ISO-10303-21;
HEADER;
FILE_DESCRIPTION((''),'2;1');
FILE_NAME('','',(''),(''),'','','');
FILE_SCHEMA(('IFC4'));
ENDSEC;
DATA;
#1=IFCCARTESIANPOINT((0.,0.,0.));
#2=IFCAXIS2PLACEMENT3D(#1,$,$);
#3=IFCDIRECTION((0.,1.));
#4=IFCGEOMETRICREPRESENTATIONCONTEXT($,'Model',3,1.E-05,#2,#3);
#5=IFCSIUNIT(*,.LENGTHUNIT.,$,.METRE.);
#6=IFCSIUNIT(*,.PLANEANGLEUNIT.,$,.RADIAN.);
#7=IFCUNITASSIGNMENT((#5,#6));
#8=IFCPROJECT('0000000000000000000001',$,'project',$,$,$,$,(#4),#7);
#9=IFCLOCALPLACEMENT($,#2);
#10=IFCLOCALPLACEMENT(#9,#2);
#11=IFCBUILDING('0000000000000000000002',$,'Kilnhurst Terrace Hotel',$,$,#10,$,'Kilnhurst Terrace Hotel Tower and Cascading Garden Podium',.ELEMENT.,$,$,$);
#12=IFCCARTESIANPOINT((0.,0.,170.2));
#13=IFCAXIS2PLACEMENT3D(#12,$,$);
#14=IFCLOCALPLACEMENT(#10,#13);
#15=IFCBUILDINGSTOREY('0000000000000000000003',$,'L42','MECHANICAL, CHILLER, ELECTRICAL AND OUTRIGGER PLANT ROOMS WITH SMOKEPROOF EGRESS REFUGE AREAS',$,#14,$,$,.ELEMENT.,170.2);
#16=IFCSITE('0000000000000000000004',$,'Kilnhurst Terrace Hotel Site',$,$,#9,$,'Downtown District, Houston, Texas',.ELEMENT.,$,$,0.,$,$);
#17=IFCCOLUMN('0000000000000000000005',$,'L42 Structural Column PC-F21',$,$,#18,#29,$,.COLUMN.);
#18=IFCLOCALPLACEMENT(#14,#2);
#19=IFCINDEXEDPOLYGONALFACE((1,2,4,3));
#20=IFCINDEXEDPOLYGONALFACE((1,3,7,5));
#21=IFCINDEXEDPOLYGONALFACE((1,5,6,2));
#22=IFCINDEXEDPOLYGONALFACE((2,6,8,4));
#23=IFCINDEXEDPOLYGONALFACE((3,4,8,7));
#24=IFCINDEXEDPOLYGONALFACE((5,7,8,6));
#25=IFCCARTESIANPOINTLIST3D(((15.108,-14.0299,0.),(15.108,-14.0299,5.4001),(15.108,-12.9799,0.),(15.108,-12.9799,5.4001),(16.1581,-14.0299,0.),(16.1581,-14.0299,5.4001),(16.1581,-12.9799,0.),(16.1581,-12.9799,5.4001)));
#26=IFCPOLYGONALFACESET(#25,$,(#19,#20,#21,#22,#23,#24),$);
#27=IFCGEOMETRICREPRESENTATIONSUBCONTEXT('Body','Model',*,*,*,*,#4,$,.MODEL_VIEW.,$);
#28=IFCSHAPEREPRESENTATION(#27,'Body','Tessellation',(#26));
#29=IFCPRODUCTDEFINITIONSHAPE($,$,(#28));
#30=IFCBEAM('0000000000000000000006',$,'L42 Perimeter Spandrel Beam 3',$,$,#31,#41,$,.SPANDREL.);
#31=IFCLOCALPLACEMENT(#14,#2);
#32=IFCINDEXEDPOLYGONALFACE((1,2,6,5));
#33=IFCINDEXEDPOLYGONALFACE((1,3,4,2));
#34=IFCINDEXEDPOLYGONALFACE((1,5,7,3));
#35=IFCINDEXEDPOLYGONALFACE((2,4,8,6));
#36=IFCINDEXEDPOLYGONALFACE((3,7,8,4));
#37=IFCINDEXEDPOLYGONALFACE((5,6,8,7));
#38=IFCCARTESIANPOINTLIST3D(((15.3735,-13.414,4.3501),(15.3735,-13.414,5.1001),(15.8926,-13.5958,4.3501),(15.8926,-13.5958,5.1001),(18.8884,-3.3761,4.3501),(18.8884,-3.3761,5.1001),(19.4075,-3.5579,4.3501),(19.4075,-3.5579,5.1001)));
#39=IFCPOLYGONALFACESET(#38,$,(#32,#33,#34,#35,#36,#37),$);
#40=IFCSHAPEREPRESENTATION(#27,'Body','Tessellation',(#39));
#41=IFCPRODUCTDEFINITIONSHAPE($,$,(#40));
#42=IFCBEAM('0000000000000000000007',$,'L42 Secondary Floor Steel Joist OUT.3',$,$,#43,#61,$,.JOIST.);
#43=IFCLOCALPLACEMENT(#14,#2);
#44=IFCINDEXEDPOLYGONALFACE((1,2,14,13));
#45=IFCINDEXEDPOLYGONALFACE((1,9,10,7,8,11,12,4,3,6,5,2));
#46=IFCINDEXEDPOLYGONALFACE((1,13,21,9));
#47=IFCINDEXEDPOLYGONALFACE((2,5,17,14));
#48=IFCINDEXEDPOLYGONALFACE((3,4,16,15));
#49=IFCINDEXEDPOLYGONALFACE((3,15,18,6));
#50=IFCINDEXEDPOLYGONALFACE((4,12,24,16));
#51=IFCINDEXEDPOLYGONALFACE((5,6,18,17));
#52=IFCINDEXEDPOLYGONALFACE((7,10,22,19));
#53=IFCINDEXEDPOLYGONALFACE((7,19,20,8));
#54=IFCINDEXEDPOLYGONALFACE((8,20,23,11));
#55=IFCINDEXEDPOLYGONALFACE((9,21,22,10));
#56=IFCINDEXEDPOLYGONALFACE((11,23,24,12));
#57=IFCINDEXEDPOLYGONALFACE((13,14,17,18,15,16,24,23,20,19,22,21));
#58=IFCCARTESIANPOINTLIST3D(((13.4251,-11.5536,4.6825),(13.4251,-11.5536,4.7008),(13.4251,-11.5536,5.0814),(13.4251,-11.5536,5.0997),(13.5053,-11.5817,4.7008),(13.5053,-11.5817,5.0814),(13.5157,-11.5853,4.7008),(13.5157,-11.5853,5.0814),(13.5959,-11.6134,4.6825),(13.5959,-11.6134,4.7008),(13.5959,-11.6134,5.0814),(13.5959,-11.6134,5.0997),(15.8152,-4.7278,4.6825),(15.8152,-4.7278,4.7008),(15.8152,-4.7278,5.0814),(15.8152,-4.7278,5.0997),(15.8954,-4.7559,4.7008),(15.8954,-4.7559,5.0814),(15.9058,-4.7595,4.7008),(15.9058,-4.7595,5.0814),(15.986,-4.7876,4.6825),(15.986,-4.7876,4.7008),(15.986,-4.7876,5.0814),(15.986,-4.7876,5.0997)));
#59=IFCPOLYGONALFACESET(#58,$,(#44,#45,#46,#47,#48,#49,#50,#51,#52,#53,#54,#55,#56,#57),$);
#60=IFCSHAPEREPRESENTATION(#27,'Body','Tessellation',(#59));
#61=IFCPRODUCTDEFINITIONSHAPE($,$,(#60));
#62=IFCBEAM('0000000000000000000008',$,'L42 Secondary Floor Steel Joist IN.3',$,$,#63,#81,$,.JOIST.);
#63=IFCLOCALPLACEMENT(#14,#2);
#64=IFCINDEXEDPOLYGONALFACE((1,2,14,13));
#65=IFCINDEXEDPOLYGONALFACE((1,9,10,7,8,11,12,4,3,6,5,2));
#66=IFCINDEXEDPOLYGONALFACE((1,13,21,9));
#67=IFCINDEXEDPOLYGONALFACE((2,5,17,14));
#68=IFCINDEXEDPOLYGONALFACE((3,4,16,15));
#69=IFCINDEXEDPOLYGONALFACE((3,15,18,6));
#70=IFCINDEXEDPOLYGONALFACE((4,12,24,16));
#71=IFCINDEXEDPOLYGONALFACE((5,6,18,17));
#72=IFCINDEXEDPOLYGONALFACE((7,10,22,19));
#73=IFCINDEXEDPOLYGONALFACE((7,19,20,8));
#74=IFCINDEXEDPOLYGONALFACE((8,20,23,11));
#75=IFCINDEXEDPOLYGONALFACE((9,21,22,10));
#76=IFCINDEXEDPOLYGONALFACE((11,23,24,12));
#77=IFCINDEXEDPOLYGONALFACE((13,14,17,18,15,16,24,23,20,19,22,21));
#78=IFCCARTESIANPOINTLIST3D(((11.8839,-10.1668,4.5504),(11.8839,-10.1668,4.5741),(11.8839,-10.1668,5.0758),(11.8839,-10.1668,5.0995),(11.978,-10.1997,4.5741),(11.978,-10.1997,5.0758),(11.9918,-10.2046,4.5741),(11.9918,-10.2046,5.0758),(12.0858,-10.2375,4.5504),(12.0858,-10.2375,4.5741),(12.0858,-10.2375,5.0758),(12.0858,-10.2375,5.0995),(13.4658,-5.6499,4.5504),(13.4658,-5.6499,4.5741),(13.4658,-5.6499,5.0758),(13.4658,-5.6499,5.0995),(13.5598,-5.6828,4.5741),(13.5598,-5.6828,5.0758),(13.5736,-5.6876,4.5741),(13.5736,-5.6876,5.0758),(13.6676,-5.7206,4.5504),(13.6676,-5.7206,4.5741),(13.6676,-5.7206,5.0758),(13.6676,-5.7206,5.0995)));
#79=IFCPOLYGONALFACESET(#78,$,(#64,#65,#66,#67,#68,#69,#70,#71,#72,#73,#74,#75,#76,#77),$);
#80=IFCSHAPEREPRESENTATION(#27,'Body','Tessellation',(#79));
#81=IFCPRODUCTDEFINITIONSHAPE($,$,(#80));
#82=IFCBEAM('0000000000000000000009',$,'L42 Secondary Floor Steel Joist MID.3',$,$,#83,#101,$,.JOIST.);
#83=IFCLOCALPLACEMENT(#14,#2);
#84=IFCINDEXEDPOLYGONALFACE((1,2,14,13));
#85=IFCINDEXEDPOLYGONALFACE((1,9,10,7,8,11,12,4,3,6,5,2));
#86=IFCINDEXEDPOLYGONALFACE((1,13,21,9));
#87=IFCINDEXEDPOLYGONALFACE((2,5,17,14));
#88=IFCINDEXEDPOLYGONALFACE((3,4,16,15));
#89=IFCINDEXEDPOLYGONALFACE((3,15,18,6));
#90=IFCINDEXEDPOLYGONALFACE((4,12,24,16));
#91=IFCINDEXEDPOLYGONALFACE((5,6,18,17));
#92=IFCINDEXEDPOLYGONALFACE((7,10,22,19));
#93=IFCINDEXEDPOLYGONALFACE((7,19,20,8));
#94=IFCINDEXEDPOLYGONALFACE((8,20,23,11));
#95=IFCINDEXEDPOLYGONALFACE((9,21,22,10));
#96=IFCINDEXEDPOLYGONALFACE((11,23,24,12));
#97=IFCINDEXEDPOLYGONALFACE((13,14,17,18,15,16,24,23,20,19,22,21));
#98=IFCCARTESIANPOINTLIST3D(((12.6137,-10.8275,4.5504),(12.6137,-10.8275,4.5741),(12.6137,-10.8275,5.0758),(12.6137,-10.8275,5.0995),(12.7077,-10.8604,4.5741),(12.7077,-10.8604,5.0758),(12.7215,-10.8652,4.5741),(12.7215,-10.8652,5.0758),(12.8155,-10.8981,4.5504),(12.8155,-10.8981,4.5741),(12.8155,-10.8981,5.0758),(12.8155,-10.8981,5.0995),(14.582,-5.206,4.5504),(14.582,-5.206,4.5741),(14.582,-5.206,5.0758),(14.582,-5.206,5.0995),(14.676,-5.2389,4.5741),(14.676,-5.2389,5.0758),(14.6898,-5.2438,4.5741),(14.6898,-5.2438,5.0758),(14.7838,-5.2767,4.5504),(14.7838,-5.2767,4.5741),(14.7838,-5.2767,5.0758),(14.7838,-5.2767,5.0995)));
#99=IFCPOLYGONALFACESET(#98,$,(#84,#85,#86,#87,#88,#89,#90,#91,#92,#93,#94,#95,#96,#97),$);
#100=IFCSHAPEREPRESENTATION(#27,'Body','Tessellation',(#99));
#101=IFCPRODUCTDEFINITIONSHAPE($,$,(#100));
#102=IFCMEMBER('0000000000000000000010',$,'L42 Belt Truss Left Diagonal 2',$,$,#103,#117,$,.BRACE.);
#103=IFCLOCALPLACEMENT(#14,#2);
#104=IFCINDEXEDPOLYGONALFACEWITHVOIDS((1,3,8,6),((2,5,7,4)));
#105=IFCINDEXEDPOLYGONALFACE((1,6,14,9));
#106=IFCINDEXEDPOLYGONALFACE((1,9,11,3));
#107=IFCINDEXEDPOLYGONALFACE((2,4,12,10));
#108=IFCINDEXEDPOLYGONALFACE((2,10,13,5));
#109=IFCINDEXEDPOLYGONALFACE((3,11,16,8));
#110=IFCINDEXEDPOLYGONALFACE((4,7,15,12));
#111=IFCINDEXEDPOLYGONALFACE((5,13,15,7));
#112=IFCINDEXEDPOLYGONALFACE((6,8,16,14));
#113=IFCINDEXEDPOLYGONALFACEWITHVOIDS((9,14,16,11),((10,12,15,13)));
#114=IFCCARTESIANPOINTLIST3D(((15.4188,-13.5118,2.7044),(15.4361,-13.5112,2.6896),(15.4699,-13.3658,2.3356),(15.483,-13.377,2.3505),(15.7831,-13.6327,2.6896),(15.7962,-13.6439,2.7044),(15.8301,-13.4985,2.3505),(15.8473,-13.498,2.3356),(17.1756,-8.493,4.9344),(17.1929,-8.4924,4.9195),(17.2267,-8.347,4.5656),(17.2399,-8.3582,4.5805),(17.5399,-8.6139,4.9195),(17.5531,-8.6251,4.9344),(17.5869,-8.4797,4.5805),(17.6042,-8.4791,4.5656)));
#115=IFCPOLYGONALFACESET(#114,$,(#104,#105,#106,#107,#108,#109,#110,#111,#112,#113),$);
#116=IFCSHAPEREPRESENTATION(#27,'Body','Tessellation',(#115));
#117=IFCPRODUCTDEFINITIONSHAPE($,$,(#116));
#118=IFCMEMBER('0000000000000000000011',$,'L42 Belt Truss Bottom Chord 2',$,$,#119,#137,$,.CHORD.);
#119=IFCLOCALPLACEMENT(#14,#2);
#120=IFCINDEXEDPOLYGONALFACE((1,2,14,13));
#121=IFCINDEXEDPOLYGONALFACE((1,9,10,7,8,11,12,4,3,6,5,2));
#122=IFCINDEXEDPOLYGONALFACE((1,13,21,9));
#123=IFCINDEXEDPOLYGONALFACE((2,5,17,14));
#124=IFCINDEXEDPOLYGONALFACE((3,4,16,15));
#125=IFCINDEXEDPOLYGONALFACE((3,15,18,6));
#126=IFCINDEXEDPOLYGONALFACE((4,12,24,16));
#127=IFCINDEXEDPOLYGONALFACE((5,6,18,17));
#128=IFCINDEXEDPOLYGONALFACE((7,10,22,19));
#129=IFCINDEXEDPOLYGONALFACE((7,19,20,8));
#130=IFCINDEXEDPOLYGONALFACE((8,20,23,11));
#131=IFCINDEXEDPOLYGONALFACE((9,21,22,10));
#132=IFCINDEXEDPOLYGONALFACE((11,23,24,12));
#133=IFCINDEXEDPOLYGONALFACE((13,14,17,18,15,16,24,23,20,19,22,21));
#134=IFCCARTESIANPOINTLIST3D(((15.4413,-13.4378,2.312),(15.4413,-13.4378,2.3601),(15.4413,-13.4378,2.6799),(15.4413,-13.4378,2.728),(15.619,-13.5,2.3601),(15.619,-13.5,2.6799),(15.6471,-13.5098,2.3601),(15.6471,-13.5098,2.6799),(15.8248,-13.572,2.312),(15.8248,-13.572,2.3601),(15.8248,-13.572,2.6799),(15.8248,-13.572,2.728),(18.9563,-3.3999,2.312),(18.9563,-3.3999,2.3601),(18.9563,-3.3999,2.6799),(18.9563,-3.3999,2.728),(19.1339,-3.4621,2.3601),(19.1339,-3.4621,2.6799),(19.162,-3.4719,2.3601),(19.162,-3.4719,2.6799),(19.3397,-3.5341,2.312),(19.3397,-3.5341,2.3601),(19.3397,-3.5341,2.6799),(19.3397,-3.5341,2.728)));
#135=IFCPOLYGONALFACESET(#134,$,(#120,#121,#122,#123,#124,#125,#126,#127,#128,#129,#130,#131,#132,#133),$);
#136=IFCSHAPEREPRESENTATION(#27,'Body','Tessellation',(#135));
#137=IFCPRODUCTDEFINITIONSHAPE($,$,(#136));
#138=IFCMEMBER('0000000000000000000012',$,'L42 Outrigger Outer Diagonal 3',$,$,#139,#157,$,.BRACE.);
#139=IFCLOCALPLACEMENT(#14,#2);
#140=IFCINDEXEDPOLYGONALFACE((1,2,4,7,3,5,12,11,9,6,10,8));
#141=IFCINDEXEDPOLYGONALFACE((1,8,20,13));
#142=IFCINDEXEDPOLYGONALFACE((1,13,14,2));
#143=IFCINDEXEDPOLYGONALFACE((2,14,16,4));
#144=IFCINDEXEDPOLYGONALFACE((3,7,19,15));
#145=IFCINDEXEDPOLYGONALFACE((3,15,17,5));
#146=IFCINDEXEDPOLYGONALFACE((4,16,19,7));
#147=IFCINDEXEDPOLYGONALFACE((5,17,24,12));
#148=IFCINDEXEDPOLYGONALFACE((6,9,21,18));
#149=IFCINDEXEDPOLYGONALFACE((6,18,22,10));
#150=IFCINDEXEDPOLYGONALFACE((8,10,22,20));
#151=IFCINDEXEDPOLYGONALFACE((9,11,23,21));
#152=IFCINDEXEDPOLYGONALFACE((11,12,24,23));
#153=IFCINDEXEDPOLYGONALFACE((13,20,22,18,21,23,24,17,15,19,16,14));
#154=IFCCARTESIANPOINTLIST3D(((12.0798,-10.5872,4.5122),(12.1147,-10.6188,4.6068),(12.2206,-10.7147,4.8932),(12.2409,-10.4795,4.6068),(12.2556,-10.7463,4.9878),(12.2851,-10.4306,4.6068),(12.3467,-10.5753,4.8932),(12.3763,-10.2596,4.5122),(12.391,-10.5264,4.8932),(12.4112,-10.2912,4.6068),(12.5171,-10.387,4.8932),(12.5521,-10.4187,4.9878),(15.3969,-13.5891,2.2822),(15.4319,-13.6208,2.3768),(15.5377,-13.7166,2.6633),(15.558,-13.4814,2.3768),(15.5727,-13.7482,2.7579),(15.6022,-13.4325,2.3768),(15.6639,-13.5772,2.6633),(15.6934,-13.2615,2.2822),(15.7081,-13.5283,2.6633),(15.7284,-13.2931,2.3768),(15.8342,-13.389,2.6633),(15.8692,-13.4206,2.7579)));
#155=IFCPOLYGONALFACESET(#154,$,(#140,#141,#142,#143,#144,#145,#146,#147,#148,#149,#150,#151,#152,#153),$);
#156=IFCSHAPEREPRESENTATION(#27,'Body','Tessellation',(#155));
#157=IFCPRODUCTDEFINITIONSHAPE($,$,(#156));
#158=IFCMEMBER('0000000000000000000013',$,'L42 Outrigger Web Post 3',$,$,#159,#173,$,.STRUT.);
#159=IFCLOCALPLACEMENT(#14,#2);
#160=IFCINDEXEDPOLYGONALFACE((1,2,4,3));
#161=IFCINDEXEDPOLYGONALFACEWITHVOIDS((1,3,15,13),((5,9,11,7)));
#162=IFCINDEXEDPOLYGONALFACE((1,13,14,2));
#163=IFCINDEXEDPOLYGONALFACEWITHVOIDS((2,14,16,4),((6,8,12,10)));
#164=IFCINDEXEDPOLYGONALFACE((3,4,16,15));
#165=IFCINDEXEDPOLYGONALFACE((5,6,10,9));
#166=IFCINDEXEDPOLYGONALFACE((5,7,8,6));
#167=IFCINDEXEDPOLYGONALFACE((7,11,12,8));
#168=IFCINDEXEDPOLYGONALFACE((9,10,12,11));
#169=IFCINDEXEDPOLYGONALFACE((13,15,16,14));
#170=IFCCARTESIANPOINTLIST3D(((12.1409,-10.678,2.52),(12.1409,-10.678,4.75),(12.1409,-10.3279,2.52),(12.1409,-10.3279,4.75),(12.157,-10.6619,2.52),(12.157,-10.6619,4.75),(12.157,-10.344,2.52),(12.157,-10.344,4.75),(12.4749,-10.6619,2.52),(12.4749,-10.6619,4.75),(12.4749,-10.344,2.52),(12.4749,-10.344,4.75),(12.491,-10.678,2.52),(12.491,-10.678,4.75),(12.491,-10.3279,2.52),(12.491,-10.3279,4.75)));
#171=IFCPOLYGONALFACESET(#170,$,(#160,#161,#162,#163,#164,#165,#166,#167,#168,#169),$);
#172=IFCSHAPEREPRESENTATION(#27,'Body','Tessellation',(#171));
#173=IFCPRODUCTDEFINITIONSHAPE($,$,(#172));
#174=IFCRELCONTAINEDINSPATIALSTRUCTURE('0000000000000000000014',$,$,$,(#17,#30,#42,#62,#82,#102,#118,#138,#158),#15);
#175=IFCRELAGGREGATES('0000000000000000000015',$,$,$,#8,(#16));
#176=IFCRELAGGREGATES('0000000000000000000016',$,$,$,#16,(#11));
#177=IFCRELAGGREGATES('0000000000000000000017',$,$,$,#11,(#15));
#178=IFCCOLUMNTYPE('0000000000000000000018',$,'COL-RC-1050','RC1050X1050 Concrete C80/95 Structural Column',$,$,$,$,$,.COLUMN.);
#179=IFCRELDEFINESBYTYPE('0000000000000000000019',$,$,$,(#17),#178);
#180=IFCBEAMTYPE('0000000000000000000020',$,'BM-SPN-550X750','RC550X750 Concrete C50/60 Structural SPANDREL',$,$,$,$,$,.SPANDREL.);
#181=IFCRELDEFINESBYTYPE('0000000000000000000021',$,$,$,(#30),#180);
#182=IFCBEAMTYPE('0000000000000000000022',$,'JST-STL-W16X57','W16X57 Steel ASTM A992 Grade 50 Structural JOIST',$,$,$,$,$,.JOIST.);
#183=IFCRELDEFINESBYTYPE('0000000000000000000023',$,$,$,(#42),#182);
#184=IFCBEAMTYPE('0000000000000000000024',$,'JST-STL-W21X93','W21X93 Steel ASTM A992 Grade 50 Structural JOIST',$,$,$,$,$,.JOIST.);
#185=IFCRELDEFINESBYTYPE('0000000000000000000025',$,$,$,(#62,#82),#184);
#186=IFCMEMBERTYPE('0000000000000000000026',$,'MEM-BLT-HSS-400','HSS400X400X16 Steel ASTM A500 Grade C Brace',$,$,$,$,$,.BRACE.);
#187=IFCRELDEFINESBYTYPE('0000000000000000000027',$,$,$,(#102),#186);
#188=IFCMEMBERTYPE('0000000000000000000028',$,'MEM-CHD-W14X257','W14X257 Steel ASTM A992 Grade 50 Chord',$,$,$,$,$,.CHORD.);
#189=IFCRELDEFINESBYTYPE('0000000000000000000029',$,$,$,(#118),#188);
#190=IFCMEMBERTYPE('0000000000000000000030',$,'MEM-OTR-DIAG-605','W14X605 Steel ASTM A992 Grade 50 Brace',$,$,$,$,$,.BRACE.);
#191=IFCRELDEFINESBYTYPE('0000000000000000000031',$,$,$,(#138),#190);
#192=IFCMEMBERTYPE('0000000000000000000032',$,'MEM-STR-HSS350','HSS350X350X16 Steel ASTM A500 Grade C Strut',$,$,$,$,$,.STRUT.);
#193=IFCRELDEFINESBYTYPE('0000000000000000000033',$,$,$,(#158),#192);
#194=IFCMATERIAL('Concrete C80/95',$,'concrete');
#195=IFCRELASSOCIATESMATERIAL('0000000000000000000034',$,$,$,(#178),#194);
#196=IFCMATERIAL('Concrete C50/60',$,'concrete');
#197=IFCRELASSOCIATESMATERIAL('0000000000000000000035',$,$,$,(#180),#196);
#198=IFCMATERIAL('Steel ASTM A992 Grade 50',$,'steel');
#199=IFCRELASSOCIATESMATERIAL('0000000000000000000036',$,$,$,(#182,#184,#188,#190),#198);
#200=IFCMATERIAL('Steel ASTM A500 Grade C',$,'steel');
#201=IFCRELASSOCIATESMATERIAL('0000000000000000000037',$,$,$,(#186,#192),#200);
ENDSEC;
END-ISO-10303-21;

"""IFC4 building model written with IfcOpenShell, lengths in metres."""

from ifc_helpers import new_model, si_unit, direction, frame, origin, origin_2d, place, context, subcontext, project, spatial, rectangle, hollow_rectangle, i_section, extrude, material, material_profile, profile_set, type_object, element, save


model = new_model("IFC4")

# Units and contexts
model_context = context("Model", 3, precision=1e-05, world=origin(), true_north=direction((0.0, 1.0)))
body_context = subcontext(model_context, "Body", "Model", "MODEL_VIEW")
ifc_project = project(units=[si_unit("LENGTHUNIT", "METRE"), si_unit("PLANEANGLEUNIT", "RADIAN")], contexts=[model_context])

# Site, building, storey
site_placement = place(None, origin())
site = spatial("IfcSite", under=ifc_project, at=site_placement, Name="Kilnhurst Terrace Hotel Site", LongName="Downtown District, Houston, Texas", CompositionType="ELEMENT", RefElevation=0.0)
building_placement = place(site_placement, origin())
building = spatial("IfcBuilding", under=site, at=building_placement, Name="Kilnhurst Terrace Hotel", LongName="Kilnhurst Terrace Hotel Tower and Cascading Garden Podium", CompositionType="ELEMENT")
storey_placement = place(building_placement, frame((0.0, 0.0, 170.2)))
storey = spatial("IfcBuildingStorey", under=building, at=storey_placement, Name="L42", Description="MECHANICAL, CHILLER, ELECTRICAL AND OUTRIGGER PLANT ROOMS WITH SMOKEPROOF EGRESS REFUGE AREAS", CompositionType="ELEMENT", Elevation=170.2)

# Column
ifc_material_1 = material(Name="Concrete C80/95", Category="concrete")
ifc_material_profile_1 = material_profile(ifc_material_1, rectangle(XDim=1.05, YDim=1.05, at=origin_2d()), Name="RC1050X1050")
ifc_profile_set_1 = profile_set([ifc_material_profile_1], Name="Concrete C80/95")
column_type = type_object("IfcColumnType", Name="COL-RC-1050", Description="RC1050X1050 Concrete C80/95 Structural Column", PredefinedType="COLUMN", material=ifc_profile_set_1)
column_placement = place(storey_placement, frame((15.6331, -13.5049, 0.0), z_axis=(0.0, 0.0, 1.0), x_axis=(1.0, 0.0, 0.0)))
element("IfcColumn", 1, at=column_placement, inside=storey, type_object=column_type, Name="L42 Structural Column PC-F21", PredefinedType="COLUMN", context=body_context, shape_type="SweptSolid", body=[
    extrude(rectangle(XDim=1.05, YDim=1.05, at=origin_2d()), origin(), (0.0, 0.0, 1.0), 5.4001),
])

# Beams
ifc_material_2 = material(Name="Concrete C50/60", Category="concrete")
ifc_material_profile_2 = material_profile(ifc_material_2, rectangle(XDim=0.55, YDim=0.75, at=origin_2d()), Name="RC550X750")
ifc_profile_set_2 = profile_set([ifc_material_profile_2], Name="Concrete C50/60")
beam_type_1 = type_object("IfcBeamType", Name="BM-SPN-550X750", Description="RC550X750 Concrete C50/60 Structural SPANDREL", PredefinedType="SPANDREL", material=ifc_profile_set_2)
beam_1_placement = place(storey_placement, frame((15.6331, -13.5049, 4.7251), z_axis=(0.330488, 0.94381, 0.0), x_axis=(-0.94381, 0.330488, 0.0)))
element("IfcBeam", 2, at=beam_1_placement, inside=storey, type_object=beam_type_1, Name="L42 Perimeter Spandrel Beam 3", PredefinedType="SPANDREL", context=body_context, shape_type="SweptSolid", body=[
    extrude(rectangle(XDim=0.55, YDim=0.75, at=origin_2d()), origin(), (0.0, 0.0, 1.0), 10.6355),
])
ifc_material_3 = material(Name="Steel ASTM A992 Grade 50", Category="steel")
ifc_material_profile_3 = material_profile(ifc_material_3, i_section(OverallWidth=0.1809, OverallDepth=0.4172, WebThickness=0.011, FlangeThickness=0.0183, at=origin_2d()), Name="W16X57")
ifc_profile_set_3 = profile_set([ifc_material_profile_3], Name="Steel ASTM A992 Grade 50")
beam_type_2 = type_object("IfcBeamType", Name="JST-STL-W16X57", Description="W16X57 Steel ASTM A992 Grade 50 Structural JOIST", PredefinedType="JOIST", material=ifc_profile_set_3)
beam_2_placement = place(storey_placement, frame((13.5105, -11.5835, 4.8911), z_axis=(0.330481, 0.943813, 0.0), x_axis=(-0.943813, 0.330481, 0.0)))
element("IfcBeam", 3, at=beam_2_placement, inside=storey, type_object=beam_type_2, Name="L42 Secondary Floor Steel Joist OUT.3", PredefinedType="JOIST", context=body_context, shape_type="SweptSolid", body=[
    extrude(i_section(OverallWidth=0.1809, OverallDepth=0.4172, WebThickness=0.011, FlangeThickness=0.0183, at=origin_2d()), origin(), (0.0, 0.0, 1.0), 7.2322),
])
ifc_material_profile_4 = material_profile(ifc_material_3, i_section(OverallWidth=0.2139, OverallDepth=0.5491, WebThickness=0.0146, FlangeThickness=0.0237, at=origin_2d()), Name="W21X93")
ifc_profile_set_4 = profile_set([ifc_material_profile_4], Name="Steel ASTM A992 Grade 50")
beam_type_3 = type_object("IfcBeamType", Name="JST-STL-W21X93", Description="W21X93 Steel ASTM A992 Grade 50 Structural JOIST", PredefinedType="JOIST", material=ifc_profile_set_4)
beam_3_placement = place(storey_placement, frame((11.9849, -10.2021, 4.825), z_axis=(0.330516, 0.9438, 0.0), x_axis=(-0.9438, 0.330516, 0.0)))
element("IfcBeam", 4, at=beam_3_placement, inside=storey, type_object=beam_type_3, Name="L42 Secondary Floor Steel Joist IN.3", PredefinedType="JOIST", context=body_context, shape_type="SweptSolid", body=[
    extrude(i_section(OverallWidth=0.2139, OverallDepth=0.5491, WebThickness=0.0146, FlangeThickness=0.0237, at=origin_2d()), origin(), (0.0, 0.0, 1.0), 4.7859),
])
beam_4_placement = place(storey_placement, frame((12.7146, -10.8628, 4.825), z_axis=(0.330469, 0.943817, 0.0), x_axis=(-0.943817, 0.330469, 0.0)))
element("IfcBeam", 5, at=beam_4_placement, inside=storey, type_object=beam_type_3, Name="L42 Secondary Floor Steel Joist MID.3", PredefinedType="JOIST", context=body_context, shape_type="SweptSolid", body=[
    extrude(i_section(OverallWidth=0.2139, OverallDepth=0.5491, WebThickness=0.0146, FlangeThickness=0.0237, at=origin_2d()), origin(), (0.0, 0.0, 1.0), 5.9561),
])

# Members
ifc_material_4 = material(Name="Steel ASTM A500 Grade C", Category="steel")
ifc_material_profile_5 = material_profile(ifc_material_4, hollow_rectangle(XDim=0.3999, YDim=0.3999, WallThickness=0.0161, at=origin_2d()), Name="HSS400X400X16")
ifc_profile_set_5 = profile_set([ifc_material_profile_5], Name="Steel ASTM A500 Grade C")
member_type_1 = type_object("IfcMemberType", Name="MEM-BLT-HSS-400", Description="HSS400X400X16 Steel ASTM A500 Grade C Brace", PredefinedType="BRACE", material=ifc_profile_set_5)
member_1_placement = place(storey_placement, frame((15.6331, -13.5049, 2.52), z_axis=(0.304685, 0.870401, 0.386741), x_axis=(-0.943843, 0.330393, 0.0)))
element("IfcMember", 6, at=member_1_placement, inside=storey, type_object=member_type_1, Name="L42 Belt Truss Left Diagonal 2", PredefinedType="BRACE", context=body_context, shape_type="SweptSolid", body=[
    extrude(hollow_rectangle(XDim=0.3999, YDim=0.3999, WallThickness=0.0161, at=origin_2d()), origin(), (0.0, 0.0, 1.0), 5.7661),
])
ifc_material_profile_6 = material_profile(ifc_material_3, i_section(OverallWidth=0.4062, OverallDepth=0.416, WebThickness=0.0298, FlangeThickness=0.0481, at=origin_2d()), Name="W14X257")
ifc_profile_set_6 = profile_set([ifc_material_profile_6], Name="Steel ASTM A992 Grade 50")
member_type_2 = type_object("IfcMemberType", Name="MEM-CHD-W14X257", Description="W14X257 Steel ASTM A992 Grade 50 Chord", PredefinedType="CHORD", material=ifc_profile_set_6)
member_2_placement = place(storey_placement, frame((15.6331, -13.5049, 2.52), z_axis=(0.330488, 0.94381, 0.0), x_axis=(-0.94381, 0.330488, 0.0)))
element("IfcMember", 7, at=member_2_placement, inside=storey, type_object=member_type_2, Name="L42 Belt Truss Bottom Chord 2", PredefinedType="CHORD", context=body_context, shape_type="SweptSolid", body=[
    extrude(i_section(OverallWidth=0.4062, OverallDepth=0.416, WebThickness=0.0298, FlangeThickness=0.0481, at=origin_2d()), origin(), (0.0, 0.0, 1.0), 10.6355),
])
ifc_material_profile_7 = material_profile(ifc_material_3, i_section(OverallWidth=0.4419, OverallDepth=0.5315, WebThickness=0.0659, FlangeThickness=0.1057, at=origin_2d()), Name="W14X605")
ifc_profile_set_7 = profile_set([ifc_material_profile_7], Name="Steel ASTM A992 Grade 50")
member_type_3 = type_object("IfcMemberType", Name="MEM-OTR-DIAG-605", Description="W14X605 Steel ASTM A992 Grade 50 Brace", PredefinedType="BRACE", material=ifc_profile_set_7)
member_3_placement = place(storey_placement, frame((12.3159, -10.5029, 4.75), z_axis=(0.663588, -0.600535, -0.446104), x_axis=(0.671003, 0.741454, 0.0)))
element("IfcMember", 8, at=member_3_placement, inside=storey, type_object=member_type_3, Name="L42 Outrigger Outer Diagonal 3", PredefinedType="BRACE", context=body_context, shape_type="SweptSolid", body=[
    extrude(i_section(OverallWidth=0.4419, OverallDepth=0.5315, WebThickness=0.0659, FlangeThickness=0.1057, at=origin_2d()), origin(), (0.0, 0.0, 1.0), 4.9988),
])
ifc_material_profile_8 = material_profile(ifc_material_4, hollow_rectangle(XDim=0.3501, YDim=0.3501, WallThickness=0.0161, at=origin_2d()), Name="HSS350X350X16")
ifc_profile_set_8 = profile_set([ifc_material_profile_8], Name="Steel ASTM A500 Grade C")
member_type_4 = type_object("IfcMemberType", Name="MEM-STR-HSS350", Description="HSS350X350X16 Steel ASTM A500 Grade C Strut", PredefinedType="STRUT", material=ifc_profile_set_8)
member_4_placement = place(storey_placement, frame((12.3159, -10.5029, 2.52), z_axis=(0.0, 0.0, 1.0), x_axis=(1.0, 0.0, 0.0)))
element("IfcMember", 9, at=member_4_placement, inside=storey, type_object=member_type_4, Name="L42 Outrigger Web Post 3", PredefinedType="STRUT", context=body_context, shape_type="SweptSolid", body=[
    extrude(hollow_rectangle(XDim=0.3501, YDim=0.3501, WallThickness=0.0161, at=origin_2d()), origin(), (0.0, 0.0, 1.0), 2.23),
])

save(model, "model.ifc")
